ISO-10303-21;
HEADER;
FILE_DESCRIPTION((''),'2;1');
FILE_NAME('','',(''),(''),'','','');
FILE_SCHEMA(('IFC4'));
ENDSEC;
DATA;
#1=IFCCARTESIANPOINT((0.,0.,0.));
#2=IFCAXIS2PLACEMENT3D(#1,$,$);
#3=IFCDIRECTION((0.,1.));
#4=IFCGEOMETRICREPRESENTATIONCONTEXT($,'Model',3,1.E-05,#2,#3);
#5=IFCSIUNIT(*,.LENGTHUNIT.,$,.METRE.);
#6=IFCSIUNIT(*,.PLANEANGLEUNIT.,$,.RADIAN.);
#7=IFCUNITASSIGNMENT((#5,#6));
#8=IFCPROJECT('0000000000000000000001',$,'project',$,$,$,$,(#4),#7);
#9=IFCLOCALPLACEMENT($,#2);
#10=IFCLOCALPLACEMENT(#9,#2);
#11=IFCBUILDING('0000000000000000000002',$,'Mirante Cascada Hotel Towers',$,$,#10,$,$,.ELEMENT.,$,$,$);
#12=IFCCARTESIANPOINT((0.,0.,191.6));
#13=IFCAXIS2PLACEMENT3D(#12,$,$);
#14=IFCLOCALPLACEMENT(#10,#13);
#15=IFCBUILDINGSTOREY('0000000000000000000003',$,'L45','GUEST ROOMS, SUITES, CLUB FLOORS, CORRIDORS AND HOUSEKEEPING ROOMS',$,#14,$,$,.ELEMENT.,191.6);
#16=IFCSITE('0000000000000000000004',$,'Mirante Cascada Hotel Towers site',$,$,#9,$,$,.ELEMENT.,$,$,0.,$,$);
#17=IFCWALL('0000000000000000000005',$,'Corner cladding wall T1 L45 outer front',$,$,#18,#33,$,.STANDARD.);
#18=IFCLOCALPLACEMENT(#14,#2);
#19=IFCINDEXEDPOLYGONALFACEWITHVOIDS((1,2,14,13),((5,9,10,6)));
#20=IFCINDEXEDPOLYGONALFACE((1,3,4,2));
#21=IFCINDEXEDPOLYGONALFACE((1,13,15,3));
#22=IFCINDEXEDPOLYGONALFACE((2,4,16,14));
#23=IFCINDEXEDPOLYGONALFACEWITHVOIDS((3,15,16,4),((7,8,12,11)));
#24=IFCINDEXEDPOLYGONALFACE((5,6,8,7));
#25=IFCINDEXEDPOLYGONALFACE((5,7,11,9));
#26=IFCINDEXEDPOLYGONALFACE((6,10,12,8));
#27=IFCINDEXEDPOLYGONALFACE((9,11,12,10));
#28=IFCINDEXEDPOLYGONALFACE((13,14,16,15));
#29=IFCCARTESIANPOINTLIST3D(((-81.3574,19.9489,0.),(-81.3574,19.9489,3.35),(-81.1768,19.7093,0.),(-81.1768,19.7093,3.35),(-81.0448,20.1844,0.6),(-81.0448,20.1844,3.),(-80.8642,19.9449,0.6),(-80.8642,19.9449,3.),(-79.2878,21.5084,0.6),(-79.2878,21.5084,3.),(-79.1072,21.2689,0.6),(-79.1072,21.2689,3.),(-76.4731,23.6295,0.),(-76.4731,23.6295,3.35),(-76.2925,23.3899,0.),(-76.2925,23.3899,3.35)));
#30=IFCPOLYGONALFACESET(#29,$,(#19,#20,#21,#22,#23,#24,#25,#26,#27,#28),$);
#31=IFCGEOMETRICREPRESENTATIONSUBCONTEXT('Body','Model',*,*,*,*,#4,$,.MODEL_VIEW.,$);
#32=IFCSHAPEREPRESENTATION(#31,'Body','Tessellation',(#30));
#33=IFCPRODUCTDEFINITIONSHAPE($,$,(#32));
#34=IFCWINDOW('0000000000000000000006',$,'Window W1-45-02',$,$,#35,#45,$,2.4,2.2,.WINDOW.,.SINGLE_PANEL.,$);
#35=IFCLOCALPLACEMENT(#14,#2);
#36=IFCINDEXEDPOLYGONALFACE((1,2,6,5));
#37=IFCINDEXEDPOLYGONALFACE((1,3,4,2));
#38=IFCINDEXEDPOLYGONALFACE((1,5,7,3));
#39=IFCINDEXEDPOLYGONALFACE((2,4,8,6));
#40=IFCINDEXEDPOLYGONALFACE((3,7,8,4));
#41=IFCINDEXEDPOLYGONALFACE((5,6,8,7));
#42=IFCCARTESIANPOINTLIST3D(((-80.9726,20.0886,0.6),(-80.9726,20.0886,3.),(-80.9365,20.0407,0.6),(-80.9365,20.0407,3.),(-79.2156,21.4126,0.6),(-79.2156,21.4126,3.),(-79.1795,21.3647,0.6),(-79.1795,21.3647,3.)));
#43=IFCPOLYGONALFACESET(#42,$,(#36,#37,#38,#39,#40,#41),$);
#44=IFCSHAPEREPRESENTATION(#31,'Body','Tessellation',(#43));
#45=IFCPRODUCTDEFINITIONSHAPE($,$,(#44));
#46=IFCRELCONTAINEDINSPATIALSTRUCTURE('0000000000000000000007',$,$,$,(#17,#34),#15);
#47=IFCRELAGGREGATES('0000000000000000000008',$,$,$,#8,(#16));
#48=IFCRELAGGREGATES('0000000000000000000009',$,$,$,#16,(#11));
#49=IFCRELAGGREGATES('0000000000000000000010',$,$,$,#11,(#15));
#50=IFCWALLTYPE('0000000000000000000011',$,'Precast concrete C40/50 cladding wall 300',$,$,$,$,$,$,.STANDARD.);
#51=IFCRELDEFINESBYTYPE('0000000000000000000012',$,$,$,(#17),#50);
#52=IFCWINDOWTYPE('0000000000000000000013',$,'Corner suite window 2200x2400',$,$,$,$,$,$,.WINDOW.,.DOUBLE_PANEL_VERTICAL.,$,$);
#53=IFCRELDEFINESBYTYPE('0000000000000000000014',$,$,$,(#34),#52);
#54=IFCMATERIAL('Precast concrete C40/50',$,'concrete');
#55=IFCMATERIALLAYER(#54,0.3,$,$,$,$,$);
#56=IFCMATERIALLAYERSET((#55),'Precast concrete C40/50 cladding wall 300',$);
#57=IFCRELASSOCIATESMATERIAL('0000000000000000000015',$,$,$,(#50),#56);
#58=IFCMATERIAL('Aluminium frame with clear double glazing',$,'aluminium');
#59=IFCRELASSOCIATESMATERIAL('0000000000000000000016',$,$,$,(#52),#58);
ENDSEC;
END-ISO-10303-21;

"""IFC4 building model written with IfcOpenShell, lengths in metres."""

from ifc_helpers import new_model, si_unit, direction, frame, frame_2d, origin, place, context, subcontext, project, spatial, rectangle, extrude, material, layer, layer_set, type_object, element, fill, save


model = new_model("IFC4")

# Units and contexts
model_context = context("Model", 3, precision=1e-05, world=origin(), true_north=direction((0.0, 1.0)))
body_context = subcontext(model_context, "Body", "Model", "MODEL_VIEW")
ifc_project = project(units=[si_unit("LENGTHUNIT", "METRE"), si_unit("PLANEANGLEUNIT", "RADIAN")], contexts=[model_context])

# Site, building, storey
site_placement = place(None, origin())
site = spatial("IfcSite", under=ifc_project, at=site_placement, Name="Mirante Cascada Hotel Towers site", CompositionType="ELEMENT", RefElevation=0.0)
building_placement = place(site_placement, origin())
building = spatial("IfcBuilding", under=site, at=building_placement, Name="Mirante Cascada Hotel Towers", CompositionType="ELEMENT")
storey_placement = place(building_placement, frame((0.0, 0.0, 191.6)))
storey = spatial("IfcBuildingStorey", under=building, at=storey_placement, Name="L45", Description="GUEST ROOMS, SUITES, CLUB FLOORS, CORRIDORS AND HOUSEKEEPING ROOMS", CompositionType="ELEMENT", Elevation=191.6)

# Wall, opening, window
ifc_material_1 = material(Name="Precast concrete C40/50", Category="concrete")
ifc_layer_1 = layer(ifc_material_1, 0.3)
ifc_layer_set_1 = layer_set([ifc_layer_1], Name="Precast concrete C40/50 cladding wall 300")
wall_type_1 = type_object("IfcWallType", Name="Precast concrete C40/50 cladding wall 300", PredefinedType="STANDARD", material=ifc_layer_set_1)
wall_1_placement = place(storey_placement, frame((-81.2671, 19.8291, 0.0), z_axis=(0.0, 0.0, 1.0), x_axis=(0.798634, 0.601817, 0.0)))
wall_1 = element("IfcWall", 1, at=wall_1_placement, inside=storey, type_object=wall_type_1, Name="Corner cladding wall T1 L45 outer front", PredefinedType="STANDARD", context=body_context, shape_type="SweptSolid", body=[
    extrude(rectangle(XDim=6.1158, YDim=0.3, at=frame_2d((3.0579, 0.0))), origin(), (0.0, 0.0, 1.0), 3.35),
])
opening_placement = place(wall_1_placement, frame((0.3914, 0.0, 0.6)))
opening = element("IfcOpeningElement", 2, at=opening_placement, cuts=wall_1, PredefinedType="OPENING", context=body_context, shape_type="SweptSolid", body=[
    extrude(rectangle(XDim=2.2, YDim=2.4, at=frame_2d((1.1, 1.2))), frame((0.0, 0.15, 0.0), z_axis=(0.0, -1.0, 0.0), x_axis=(1.0, 0.0, 0.0)), (0.0, 0.0, 1.0), 0.3),
])
ifc_material_2 = material(Name="Aluminium frame with clear double glazing", Category="aluminium")
window_type = type_object("IfcWindowType", Name="Corner suite window 2200x2400", PartitioningType="DOUBLE_PANEL_VERTICAL", PredefinedType="WINDOW", material=ifc_material_2)
window_placement = place(opening_placement, origin())
window = element("IfcWindow", 3, at=window_placement, inside=storey, type_object=window_type, Name="Window W1-45-02", OverallHeight=2.4, OverallWidth=2.2, PartitioningType="SINGLE_PANEL", PredefinedType="WINDOW", context=body_context, shape_type="SweptSolid", body=[
    extrude(rectangle(XDim=2.2, YDim=2.4, at=frame_2d((1.1, 1.2))), frame((0.0, 0.03, 0.0), z_axis=(0.0, -1.0, 0.0), x_axis=(1.0, 0.0, 0.0)), (0.0, 0.0, 1.0), 0.06),
])
fill(opening, window)

save(model, "model.ifc")
